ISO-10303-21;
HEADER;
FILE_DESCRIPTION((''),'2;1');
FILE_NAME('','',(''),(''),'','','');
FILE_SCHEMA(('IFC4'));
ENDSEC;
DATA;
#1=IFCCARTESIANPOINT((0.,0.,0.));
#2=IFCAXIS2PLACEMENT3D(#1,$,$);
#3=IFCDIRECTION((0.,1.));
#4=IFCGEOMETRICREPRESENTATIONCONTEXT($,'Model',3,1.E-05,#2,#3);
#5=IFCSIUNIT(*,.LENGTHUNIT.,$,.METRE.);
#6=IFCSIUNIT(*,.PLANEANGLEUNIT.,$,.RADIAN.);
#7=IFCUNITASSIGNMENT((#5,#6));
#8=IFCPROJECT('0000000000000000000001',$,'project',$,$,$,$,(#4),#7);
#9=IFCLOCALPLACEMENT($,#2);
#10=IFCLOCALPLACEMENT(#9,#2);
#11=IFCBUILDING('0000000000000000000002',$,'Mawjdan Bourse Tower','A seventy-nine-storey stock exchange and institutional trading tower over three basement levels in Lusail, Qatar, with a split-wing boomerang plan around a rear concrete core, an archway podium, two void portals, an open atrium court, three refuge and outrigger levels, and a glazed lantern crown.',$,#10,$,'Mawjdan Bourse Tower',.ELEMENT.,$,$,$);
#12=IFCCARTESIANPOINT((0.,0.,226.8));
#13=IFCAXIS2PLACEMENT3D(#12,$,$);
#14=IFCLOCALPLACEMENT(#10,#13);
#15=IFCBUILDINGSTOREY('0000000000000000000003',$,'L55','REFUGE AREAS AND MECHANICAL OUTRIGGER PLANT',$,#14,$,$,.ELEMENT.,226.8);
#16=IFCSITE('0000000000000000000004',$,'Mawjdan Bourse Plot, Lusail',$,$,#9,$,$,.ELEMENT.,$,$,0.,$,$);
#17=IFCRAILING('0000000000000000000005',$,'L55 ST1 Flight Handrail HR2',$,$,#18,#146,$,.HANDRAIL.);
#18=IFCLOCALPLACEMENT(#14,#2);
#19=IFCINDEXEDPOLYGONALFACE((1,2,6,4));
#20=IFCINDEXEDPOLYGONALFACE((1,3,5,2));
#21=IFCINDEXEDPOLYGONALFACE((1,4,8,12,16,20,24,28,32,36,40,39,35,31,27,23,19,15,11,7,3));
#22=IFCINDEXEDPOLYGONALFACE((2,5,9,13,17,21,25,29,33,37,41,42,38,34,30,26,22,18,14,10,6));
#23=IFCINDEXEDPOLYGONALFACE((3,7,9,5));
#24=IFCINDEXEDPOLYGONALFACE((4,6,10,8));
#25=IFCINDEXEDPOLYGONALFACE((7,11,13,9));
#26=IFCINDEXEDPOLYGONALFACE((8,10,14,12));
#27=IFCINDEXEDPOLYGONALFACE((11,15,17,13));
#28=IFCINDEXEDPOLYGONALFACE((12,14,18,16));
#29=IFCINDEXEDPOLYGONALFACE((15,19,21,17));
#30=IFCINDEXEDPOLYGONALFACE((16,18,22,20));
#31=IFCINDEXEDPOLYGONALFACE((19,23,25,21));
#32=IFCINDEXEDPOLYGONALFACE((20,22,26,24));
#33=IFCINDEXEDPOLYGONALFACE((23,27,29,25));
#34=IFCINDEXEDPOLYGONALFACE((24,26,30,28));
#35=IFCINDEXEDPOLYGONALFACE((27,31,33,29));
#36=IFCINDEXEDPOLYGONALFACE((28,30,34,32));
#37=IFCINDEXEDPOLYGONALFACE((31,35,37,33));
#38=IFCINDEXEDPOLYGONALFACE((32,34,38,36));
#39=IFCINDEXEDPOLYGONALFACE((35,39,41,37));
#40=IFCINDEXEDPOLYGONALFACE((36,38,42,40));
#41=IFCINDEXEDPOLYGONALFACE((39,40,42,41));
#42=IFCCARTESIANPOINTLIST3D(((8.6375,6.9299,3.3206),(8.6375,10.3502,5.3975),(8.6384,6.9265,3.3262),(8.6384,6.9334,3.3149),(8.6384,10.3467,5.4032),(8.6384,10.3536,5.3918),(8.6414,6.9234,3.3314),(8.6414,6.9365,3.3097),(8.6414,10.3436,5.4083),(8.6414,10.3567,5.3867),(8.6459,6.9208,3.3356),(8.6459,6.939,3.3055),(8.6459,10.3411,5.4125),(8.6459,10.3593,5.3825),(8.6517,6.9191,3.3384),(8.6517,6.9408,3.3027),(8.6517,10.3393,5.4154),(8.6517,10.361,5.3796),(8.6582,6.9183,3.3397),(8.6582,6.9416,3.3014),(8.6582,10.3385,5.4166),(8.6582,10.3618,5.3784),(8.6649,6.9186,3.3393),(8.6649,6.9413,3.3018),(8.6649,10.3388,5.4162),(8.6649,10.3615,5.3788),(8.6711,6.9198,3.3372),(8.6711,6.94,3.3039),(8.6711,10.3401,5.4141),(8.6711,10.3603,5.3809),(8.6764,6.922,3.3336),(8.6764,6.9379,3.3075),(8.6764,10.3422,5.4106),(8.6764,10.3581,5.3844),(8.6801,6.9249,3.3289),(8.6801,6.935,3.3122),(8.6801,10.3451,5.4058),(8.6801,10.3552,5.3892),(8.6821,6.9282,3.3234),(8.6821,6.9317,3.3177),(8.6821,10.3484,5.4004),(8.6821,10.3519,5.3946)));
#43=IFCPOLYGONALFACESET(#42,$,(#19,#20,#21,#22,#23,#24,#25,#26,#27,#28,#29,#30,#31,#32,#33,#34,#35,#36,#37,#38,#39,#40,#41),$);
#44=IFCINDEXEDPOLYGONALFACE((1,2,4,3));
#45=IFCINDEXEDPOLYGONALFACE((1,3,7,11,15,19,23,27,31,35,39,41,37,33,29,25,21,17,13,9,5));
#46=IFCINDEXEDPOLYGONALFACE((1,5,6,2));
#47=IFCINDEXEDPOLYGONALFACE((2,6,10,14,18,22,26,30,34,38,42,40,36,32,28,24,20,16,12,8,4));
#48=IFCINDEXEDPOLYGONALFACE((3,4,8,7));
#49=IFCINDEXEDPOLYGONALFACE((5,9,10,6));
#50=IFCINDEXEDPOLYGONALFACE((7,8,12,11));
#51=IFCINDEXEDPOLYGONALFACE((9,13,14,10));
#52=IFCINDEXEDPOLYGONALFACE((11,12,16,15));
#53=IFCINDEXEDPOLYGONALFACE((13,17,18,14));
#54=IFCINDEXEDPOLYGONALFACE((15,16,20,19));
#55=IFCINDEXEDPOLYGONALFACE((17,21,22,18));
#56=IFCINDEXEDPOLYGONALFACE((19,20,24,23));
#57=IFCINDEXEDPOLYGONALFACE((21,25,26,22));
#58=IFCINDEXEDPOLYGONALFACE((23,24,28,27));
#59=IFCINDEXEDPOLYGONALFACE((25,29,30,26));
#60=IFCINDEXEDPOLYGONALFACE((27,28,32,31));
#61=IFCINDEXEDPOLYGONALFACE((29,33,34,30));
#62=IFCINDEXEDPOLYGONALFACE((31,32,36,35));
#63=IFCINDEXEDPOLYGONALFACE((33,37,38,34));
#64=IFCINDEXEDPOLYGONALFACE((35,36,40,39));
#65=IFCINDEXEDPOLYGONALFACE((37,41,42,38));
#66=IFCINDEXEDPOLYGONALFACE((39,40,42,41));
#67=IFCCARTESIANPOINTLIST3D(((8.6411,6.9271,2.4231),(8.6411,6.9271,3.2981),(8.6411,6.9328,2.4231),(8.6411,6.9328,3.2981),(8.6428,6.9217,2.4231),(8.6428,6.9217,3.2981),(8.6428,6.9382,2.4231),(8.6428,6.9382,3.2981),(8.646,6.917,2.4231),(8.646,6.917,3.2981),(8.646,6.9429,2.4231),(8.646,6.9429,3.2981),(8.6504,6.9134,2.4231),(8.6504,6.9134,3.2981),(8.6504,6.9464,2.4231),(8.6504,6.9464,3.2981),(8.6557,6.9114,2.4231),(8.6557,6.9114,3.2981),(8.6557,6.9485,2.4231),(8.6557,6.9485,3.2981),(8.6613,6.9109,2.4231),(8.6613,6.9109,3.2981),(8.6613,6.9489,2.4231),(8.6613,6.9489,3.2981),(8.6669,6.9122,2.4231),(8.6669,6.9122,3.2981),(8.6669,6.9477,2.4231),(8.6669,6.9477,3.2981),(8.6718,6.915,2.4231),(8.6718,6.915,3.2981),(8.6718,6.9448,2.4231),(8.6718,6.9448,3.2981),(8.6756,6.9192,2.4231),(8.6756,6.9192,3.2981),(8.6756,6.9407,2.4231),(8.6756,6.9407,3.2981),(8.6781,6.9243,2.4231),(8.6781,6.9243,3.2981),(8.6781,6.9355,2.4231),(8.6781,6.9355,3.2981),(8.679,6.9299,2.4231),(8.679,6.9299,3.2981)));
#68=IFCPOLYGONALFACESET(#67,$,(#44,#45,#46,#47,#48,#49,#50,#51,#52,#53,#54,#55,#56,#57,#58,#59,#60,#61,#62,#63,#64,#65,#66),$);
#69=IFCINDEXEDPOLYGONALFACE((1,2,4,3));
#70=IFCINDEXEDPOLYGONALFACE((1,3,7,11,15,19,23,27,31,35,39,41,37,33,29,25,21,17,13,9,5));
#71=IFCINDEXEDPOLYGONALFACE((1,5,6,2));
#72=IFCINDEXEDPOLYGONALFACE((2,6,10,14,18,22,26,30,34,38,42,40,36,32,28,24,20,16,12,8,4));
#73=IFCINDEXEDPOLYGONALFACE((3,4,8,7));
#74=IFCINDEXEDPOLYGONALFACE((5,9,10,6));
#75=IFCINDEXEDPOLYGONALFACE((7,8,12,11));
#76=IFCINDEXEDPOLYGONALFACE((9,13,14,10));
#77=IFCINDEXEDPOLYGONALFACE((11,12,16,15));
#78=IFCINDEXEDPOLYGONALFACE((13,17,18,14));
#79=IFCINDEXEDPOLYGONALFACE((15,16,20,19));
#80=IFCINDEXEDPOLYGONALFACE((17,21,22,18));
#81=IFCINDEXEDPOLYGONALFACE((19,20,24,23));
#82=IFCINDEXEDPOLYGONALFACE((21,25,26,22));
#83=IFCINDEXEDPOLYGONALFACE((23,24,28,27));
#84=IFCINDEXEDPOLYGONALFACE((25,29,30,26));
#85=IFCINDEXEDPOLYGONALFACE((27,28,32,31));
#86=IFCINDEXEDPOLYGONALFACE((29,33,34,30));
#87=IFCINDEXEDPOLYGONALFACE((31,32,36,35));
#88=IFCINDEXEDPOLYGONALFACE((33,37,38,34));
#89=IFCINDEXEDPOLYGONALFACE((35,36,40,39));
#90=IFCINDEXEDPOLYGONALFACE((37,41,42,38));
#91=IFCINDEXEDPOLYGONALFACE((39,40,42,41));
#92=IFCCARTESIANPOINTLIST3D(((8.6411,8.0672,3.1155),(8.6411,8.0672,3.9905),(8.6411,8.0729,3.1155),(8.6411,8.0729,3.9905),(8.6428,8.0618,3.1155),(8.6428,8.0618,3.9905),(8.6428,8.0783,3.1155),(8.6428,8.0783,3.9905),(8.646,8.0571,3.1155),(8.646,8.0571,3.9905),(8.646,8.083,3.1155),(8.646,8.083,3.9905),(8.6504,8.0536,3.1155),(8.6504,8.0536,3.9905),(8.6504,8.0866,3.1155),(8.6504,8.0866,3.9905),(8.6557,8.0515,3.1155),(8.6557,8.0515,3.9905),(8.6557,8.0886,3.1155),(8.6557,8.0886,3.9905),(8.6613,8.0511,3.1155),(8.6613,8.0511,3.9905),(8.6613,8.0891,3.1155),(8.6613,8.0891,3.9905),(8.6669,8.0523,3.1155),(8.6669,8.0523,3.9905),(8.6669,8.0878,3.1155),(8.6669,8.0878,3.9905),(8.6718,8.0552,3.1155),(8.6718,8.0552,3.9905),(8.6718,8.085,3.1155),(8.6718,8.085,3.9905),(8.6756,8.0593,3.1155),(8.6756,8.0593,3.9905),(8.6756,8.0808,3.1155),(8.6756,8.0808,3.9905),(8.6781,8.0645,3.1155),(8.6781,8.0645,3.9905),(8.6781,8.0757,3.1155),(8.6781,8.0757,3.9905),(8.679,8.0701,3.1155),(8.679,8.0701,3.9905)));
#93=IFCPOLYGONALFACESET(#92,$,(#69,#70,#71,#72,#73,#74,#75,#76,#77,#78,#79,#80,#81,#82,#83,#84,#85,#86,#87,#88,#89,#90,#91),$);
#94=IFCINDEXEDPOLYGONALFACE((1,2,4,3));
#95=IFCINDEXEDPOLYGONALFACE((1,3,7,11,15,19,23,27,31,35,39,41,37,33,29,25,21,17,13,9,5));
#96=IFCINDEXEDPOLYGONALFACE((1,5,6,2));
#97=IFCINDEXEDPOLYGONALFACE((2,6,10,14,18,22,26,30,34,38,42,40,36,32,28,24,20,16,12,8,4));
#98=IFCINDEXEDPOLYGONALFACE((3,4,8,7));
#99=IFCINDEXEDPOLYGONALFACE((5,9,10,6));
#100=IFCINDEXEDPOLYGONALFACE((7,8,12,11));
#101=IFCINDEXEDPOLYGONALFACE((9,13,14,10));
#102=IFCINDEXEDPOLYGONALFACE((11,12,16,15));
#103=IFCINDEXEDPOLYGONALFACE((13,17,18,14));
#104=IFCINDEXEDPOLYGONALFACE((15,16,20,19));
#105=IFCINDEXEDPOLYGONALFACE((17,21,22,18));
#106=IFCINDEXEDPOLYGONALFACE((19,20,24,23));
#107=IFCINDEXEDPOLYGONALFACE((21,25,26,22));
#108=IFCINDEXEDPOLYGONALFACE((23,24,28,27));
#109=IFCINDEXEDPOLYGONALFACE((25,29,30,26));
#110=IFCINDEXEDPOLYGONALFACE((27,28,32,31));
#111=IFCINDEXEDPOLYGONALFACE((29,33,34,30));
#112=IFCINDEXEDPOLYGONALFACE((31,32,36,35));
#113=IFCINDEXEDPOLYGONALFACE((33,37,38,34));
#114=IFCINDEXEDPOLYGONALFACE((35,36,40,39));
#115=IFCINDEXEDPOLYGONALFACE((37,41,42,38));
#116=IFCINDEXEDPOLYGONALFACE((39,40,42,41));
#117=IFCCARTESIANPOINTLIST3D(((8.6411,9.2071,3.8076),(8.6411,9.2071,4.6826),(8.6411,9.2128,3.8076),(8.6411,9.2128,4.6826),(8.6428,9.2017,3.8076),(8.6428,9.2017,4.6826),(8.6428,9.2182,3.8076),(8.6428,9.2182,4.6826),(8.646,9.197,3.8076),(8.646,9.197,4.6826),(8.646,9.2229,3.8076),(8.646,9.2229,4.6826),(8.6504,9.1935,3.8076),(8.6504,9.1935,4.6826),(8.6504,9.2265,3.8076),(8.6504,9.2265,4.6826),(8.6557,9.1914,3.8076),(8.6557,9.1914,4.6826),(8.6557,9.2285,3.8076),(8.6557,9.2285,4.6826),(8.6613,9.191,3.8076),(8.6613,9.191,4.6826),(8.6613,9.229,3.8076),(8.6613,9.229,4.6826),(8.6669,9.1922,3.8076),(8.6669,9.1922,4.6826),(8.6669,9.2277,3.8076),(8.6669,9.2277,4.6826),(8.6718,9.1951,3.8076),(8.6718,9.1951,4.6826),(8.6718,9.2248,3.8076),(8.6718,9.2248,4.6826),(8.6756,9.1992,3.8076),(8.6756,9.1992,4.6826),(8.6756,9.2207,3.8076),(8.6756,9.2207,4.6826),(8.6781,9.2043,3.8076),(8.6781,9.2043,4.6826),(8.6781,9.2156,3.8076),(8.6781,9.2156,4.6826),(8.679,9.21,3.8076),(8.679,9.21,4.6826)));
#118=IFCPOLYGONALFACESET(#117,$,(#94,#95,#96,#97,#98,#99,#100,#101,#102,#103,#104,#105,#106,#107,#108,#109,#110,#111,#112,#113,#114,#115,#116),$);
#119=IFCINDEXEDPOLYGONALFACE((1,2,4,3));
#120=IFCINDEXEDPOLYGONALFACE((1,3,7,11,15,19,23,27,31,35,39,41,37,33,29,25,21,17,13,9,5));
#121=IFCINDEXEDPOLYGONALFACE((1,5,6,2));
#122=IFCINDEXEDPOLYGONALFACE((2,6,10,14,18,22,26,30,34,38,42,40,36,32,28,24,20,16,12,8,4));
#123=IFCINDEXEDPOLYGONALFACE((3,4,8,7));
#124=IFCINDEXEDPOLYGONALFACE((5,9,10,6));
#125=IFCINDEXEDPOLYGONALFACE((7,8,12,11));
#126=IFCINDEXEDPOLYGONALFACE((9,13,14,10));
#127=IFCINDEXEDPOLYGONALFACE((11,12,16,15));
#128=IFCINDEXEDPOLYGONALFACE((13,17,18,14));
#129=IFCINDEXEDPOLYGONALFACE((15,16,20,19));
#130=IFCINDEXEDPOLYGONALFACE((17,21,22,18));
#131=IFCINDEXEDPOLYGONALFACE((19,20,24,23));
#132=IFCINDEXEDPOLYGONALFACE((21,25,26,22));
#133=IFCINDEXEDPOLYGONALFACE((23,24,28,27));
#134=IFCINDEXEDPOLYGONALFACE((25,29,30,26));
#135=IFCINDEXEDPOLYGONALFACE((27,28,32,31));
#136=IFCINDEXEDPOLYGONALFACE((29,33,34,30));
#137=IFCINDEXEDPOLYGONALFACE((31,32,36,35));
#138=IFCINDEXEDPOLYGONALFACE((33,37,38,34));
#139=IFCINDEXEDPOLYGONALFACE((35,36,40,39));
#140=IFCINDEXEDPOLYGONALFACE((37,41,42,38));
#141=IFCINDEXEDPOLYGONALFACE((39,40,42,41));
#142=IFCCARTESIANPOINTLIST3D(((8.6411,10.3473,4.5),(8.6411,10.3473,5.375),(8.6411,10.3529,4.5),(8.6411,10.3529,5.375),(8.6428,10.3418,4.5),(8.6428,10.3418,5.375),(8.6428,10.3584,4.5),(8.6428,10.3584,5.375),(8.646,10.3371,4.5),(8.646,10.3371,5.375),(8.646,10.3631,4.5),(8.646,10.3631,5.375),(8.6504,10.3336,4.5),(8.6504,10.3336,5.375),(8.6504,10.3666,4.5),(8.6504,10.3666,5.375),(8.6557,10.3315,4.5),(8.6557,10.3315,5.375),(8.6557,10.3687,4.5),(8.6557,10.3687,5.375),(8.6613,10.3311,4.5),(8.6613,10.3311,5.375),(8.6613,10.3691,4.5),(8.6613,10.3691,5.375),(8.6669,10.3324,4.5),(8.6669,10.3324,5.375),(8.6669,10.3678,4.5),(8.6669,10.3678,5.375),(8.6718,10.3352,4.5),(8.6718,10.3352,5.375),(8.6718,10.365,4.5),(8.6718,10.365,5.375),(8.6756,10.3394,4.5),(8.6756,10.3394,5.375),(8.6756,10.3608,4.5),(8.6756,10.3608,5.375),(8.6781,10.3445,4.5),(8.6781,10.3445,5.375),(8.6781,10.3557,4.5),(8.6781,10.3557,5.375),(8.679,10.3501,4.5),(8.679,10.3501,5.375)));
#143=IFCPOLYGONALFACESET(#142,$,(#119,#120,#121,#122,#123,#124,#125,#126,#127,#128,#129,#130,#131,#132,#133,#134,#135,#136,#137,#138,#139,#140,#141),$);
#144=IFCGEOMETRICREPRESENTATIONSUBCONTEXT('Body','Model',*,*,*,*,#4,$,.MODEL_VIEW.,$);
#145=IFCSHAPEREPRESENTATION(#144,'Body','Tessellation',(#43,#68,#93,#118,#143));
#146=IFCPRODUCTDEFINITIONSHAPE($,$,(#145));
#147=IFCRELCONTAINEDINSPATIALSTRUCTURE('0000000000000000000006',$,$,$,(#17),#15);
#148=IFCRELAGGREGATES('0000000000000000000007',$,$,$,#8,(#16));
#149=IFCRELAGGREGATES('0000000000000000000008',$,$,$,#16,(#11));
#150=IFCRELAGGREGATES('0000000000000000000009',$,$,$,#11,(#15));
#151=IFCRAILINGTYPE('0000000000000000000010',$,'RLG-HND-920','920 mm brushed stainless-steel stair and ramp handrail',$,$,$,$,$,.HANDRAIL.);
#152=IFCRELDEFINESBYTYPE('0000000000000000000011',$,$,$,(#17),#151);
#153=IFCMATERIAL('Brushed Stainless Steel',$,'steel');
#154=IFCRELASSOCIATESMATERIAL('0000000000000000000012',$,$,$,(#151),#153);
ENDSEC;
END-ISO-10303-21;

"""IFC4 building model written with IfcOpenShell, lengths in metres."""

from ifc_helpers import new_model, si_unit, direction, frame, origin, origin_2d, place, context, subcontext, project, spatial, circle, extrude, material, type_object, element, save


model = new_model("IFC4")

# Units and contexts
model_context = context("Model", 3, precision=1e-05, world=origin(), true_north=direction((0.0, 1.0)))
body_context = subcontext(model_context, "Body", "Model", "MODEL_VIEW")
ifc_project = project(units=[si_unit("LENGTHUNIT", "METRE"), si_unit("PLANEANGLEUNIT", "RADIAN")], contexts=[model_context])

# Site, building, storey
site_placement = place(None, origin())
site = spatial("IfcSite", under=ifc_project, at=site_placement, Name="Mawjdan Bourse Plot, Lusail", CompositionType="ELEMENT", RefElevation=0.0)
building_placement = place(site_placement, origin())
building = spatial("IfcBuilding", under=site, at=building_placement, Name="Mawjdan Bourse Tower", Description="A seventy-nine-storey stock exchange and institutional trading tower over three basement levels in Lusail, Qatar, with a split-wing boomerang plan around a rear concrete core, an archway podium, two void portals, an open atrium court, three refuge and outrigger levels, and a glazed lantern crown.", LongName="Mawjdan Bourse Tower", CompositionType="ELEMENT")
storey_placement = place(building_placement, frame((0.0, 0.0, 226.8)))
storey = spatial("IfcBuildingStorey", under=building, at=storey_placement, Name="L55", Description="REFUGE AREAS AND MECHANICAL OUTRIGGER PLANT", CompositionType="ELEMENT", Elevation=226.8)

# Shared definitions
ifc_material_1 = material(Name="Brushed Stainless Steel", Category="steel")

# Railing
railing_type_1 = type_object("IfcRailingType", Name="RLG-HND-920", Description="920 mm brushed stainless-steel stair and ramp handrail", PredefinedType="HANDRAIL", material=ifc_material_1)
railing_1_placement = place(storey_placement, frame((8.6599, 6.9299, 2.4231)))
element("IfcRailing", 1, at=railing_1_placement, inside=storey, type_object=railing_type_1, Name="L55 ST1 Flight Handrail HR2", PredefinedType="HANDRAIL", context=body_context, shape_type="SweptSolid", body=[
    extrude(circle(Radius=0.0225, at=origin_2d()), frame((0.0, 0.0, 0.8975), z_axis=(0.0, 0.854746, 0.519047), x_axis=(-1.0, 0.0, 0.0)), (0.0, 0.0, 1.0), 4.0015),
    extrude(circle(Radius=0.019, at=origin_2d()), origin(), (0.0, 0.0, 1.0), 0.875),
    extrude(circle(Radius=0.019, at=origin_2d()), frame((0.0, 1.1401, 0.6924)), (0.0, 0.0, 1.0), 0.875),
    extrude(circle(Radius=0.019, at=origin_2d()), frame((0.0, 2.28, 1.3845)), (0.0, 0.0, 1.0), 0.875),
    extrude(circle(Radius=0.019, at=origin_2d()), frame((0.0, 3.4202, 2.0769)), (0.0, 0.0, 1.0), 0.875),
])

save(model, "model.ifc")
